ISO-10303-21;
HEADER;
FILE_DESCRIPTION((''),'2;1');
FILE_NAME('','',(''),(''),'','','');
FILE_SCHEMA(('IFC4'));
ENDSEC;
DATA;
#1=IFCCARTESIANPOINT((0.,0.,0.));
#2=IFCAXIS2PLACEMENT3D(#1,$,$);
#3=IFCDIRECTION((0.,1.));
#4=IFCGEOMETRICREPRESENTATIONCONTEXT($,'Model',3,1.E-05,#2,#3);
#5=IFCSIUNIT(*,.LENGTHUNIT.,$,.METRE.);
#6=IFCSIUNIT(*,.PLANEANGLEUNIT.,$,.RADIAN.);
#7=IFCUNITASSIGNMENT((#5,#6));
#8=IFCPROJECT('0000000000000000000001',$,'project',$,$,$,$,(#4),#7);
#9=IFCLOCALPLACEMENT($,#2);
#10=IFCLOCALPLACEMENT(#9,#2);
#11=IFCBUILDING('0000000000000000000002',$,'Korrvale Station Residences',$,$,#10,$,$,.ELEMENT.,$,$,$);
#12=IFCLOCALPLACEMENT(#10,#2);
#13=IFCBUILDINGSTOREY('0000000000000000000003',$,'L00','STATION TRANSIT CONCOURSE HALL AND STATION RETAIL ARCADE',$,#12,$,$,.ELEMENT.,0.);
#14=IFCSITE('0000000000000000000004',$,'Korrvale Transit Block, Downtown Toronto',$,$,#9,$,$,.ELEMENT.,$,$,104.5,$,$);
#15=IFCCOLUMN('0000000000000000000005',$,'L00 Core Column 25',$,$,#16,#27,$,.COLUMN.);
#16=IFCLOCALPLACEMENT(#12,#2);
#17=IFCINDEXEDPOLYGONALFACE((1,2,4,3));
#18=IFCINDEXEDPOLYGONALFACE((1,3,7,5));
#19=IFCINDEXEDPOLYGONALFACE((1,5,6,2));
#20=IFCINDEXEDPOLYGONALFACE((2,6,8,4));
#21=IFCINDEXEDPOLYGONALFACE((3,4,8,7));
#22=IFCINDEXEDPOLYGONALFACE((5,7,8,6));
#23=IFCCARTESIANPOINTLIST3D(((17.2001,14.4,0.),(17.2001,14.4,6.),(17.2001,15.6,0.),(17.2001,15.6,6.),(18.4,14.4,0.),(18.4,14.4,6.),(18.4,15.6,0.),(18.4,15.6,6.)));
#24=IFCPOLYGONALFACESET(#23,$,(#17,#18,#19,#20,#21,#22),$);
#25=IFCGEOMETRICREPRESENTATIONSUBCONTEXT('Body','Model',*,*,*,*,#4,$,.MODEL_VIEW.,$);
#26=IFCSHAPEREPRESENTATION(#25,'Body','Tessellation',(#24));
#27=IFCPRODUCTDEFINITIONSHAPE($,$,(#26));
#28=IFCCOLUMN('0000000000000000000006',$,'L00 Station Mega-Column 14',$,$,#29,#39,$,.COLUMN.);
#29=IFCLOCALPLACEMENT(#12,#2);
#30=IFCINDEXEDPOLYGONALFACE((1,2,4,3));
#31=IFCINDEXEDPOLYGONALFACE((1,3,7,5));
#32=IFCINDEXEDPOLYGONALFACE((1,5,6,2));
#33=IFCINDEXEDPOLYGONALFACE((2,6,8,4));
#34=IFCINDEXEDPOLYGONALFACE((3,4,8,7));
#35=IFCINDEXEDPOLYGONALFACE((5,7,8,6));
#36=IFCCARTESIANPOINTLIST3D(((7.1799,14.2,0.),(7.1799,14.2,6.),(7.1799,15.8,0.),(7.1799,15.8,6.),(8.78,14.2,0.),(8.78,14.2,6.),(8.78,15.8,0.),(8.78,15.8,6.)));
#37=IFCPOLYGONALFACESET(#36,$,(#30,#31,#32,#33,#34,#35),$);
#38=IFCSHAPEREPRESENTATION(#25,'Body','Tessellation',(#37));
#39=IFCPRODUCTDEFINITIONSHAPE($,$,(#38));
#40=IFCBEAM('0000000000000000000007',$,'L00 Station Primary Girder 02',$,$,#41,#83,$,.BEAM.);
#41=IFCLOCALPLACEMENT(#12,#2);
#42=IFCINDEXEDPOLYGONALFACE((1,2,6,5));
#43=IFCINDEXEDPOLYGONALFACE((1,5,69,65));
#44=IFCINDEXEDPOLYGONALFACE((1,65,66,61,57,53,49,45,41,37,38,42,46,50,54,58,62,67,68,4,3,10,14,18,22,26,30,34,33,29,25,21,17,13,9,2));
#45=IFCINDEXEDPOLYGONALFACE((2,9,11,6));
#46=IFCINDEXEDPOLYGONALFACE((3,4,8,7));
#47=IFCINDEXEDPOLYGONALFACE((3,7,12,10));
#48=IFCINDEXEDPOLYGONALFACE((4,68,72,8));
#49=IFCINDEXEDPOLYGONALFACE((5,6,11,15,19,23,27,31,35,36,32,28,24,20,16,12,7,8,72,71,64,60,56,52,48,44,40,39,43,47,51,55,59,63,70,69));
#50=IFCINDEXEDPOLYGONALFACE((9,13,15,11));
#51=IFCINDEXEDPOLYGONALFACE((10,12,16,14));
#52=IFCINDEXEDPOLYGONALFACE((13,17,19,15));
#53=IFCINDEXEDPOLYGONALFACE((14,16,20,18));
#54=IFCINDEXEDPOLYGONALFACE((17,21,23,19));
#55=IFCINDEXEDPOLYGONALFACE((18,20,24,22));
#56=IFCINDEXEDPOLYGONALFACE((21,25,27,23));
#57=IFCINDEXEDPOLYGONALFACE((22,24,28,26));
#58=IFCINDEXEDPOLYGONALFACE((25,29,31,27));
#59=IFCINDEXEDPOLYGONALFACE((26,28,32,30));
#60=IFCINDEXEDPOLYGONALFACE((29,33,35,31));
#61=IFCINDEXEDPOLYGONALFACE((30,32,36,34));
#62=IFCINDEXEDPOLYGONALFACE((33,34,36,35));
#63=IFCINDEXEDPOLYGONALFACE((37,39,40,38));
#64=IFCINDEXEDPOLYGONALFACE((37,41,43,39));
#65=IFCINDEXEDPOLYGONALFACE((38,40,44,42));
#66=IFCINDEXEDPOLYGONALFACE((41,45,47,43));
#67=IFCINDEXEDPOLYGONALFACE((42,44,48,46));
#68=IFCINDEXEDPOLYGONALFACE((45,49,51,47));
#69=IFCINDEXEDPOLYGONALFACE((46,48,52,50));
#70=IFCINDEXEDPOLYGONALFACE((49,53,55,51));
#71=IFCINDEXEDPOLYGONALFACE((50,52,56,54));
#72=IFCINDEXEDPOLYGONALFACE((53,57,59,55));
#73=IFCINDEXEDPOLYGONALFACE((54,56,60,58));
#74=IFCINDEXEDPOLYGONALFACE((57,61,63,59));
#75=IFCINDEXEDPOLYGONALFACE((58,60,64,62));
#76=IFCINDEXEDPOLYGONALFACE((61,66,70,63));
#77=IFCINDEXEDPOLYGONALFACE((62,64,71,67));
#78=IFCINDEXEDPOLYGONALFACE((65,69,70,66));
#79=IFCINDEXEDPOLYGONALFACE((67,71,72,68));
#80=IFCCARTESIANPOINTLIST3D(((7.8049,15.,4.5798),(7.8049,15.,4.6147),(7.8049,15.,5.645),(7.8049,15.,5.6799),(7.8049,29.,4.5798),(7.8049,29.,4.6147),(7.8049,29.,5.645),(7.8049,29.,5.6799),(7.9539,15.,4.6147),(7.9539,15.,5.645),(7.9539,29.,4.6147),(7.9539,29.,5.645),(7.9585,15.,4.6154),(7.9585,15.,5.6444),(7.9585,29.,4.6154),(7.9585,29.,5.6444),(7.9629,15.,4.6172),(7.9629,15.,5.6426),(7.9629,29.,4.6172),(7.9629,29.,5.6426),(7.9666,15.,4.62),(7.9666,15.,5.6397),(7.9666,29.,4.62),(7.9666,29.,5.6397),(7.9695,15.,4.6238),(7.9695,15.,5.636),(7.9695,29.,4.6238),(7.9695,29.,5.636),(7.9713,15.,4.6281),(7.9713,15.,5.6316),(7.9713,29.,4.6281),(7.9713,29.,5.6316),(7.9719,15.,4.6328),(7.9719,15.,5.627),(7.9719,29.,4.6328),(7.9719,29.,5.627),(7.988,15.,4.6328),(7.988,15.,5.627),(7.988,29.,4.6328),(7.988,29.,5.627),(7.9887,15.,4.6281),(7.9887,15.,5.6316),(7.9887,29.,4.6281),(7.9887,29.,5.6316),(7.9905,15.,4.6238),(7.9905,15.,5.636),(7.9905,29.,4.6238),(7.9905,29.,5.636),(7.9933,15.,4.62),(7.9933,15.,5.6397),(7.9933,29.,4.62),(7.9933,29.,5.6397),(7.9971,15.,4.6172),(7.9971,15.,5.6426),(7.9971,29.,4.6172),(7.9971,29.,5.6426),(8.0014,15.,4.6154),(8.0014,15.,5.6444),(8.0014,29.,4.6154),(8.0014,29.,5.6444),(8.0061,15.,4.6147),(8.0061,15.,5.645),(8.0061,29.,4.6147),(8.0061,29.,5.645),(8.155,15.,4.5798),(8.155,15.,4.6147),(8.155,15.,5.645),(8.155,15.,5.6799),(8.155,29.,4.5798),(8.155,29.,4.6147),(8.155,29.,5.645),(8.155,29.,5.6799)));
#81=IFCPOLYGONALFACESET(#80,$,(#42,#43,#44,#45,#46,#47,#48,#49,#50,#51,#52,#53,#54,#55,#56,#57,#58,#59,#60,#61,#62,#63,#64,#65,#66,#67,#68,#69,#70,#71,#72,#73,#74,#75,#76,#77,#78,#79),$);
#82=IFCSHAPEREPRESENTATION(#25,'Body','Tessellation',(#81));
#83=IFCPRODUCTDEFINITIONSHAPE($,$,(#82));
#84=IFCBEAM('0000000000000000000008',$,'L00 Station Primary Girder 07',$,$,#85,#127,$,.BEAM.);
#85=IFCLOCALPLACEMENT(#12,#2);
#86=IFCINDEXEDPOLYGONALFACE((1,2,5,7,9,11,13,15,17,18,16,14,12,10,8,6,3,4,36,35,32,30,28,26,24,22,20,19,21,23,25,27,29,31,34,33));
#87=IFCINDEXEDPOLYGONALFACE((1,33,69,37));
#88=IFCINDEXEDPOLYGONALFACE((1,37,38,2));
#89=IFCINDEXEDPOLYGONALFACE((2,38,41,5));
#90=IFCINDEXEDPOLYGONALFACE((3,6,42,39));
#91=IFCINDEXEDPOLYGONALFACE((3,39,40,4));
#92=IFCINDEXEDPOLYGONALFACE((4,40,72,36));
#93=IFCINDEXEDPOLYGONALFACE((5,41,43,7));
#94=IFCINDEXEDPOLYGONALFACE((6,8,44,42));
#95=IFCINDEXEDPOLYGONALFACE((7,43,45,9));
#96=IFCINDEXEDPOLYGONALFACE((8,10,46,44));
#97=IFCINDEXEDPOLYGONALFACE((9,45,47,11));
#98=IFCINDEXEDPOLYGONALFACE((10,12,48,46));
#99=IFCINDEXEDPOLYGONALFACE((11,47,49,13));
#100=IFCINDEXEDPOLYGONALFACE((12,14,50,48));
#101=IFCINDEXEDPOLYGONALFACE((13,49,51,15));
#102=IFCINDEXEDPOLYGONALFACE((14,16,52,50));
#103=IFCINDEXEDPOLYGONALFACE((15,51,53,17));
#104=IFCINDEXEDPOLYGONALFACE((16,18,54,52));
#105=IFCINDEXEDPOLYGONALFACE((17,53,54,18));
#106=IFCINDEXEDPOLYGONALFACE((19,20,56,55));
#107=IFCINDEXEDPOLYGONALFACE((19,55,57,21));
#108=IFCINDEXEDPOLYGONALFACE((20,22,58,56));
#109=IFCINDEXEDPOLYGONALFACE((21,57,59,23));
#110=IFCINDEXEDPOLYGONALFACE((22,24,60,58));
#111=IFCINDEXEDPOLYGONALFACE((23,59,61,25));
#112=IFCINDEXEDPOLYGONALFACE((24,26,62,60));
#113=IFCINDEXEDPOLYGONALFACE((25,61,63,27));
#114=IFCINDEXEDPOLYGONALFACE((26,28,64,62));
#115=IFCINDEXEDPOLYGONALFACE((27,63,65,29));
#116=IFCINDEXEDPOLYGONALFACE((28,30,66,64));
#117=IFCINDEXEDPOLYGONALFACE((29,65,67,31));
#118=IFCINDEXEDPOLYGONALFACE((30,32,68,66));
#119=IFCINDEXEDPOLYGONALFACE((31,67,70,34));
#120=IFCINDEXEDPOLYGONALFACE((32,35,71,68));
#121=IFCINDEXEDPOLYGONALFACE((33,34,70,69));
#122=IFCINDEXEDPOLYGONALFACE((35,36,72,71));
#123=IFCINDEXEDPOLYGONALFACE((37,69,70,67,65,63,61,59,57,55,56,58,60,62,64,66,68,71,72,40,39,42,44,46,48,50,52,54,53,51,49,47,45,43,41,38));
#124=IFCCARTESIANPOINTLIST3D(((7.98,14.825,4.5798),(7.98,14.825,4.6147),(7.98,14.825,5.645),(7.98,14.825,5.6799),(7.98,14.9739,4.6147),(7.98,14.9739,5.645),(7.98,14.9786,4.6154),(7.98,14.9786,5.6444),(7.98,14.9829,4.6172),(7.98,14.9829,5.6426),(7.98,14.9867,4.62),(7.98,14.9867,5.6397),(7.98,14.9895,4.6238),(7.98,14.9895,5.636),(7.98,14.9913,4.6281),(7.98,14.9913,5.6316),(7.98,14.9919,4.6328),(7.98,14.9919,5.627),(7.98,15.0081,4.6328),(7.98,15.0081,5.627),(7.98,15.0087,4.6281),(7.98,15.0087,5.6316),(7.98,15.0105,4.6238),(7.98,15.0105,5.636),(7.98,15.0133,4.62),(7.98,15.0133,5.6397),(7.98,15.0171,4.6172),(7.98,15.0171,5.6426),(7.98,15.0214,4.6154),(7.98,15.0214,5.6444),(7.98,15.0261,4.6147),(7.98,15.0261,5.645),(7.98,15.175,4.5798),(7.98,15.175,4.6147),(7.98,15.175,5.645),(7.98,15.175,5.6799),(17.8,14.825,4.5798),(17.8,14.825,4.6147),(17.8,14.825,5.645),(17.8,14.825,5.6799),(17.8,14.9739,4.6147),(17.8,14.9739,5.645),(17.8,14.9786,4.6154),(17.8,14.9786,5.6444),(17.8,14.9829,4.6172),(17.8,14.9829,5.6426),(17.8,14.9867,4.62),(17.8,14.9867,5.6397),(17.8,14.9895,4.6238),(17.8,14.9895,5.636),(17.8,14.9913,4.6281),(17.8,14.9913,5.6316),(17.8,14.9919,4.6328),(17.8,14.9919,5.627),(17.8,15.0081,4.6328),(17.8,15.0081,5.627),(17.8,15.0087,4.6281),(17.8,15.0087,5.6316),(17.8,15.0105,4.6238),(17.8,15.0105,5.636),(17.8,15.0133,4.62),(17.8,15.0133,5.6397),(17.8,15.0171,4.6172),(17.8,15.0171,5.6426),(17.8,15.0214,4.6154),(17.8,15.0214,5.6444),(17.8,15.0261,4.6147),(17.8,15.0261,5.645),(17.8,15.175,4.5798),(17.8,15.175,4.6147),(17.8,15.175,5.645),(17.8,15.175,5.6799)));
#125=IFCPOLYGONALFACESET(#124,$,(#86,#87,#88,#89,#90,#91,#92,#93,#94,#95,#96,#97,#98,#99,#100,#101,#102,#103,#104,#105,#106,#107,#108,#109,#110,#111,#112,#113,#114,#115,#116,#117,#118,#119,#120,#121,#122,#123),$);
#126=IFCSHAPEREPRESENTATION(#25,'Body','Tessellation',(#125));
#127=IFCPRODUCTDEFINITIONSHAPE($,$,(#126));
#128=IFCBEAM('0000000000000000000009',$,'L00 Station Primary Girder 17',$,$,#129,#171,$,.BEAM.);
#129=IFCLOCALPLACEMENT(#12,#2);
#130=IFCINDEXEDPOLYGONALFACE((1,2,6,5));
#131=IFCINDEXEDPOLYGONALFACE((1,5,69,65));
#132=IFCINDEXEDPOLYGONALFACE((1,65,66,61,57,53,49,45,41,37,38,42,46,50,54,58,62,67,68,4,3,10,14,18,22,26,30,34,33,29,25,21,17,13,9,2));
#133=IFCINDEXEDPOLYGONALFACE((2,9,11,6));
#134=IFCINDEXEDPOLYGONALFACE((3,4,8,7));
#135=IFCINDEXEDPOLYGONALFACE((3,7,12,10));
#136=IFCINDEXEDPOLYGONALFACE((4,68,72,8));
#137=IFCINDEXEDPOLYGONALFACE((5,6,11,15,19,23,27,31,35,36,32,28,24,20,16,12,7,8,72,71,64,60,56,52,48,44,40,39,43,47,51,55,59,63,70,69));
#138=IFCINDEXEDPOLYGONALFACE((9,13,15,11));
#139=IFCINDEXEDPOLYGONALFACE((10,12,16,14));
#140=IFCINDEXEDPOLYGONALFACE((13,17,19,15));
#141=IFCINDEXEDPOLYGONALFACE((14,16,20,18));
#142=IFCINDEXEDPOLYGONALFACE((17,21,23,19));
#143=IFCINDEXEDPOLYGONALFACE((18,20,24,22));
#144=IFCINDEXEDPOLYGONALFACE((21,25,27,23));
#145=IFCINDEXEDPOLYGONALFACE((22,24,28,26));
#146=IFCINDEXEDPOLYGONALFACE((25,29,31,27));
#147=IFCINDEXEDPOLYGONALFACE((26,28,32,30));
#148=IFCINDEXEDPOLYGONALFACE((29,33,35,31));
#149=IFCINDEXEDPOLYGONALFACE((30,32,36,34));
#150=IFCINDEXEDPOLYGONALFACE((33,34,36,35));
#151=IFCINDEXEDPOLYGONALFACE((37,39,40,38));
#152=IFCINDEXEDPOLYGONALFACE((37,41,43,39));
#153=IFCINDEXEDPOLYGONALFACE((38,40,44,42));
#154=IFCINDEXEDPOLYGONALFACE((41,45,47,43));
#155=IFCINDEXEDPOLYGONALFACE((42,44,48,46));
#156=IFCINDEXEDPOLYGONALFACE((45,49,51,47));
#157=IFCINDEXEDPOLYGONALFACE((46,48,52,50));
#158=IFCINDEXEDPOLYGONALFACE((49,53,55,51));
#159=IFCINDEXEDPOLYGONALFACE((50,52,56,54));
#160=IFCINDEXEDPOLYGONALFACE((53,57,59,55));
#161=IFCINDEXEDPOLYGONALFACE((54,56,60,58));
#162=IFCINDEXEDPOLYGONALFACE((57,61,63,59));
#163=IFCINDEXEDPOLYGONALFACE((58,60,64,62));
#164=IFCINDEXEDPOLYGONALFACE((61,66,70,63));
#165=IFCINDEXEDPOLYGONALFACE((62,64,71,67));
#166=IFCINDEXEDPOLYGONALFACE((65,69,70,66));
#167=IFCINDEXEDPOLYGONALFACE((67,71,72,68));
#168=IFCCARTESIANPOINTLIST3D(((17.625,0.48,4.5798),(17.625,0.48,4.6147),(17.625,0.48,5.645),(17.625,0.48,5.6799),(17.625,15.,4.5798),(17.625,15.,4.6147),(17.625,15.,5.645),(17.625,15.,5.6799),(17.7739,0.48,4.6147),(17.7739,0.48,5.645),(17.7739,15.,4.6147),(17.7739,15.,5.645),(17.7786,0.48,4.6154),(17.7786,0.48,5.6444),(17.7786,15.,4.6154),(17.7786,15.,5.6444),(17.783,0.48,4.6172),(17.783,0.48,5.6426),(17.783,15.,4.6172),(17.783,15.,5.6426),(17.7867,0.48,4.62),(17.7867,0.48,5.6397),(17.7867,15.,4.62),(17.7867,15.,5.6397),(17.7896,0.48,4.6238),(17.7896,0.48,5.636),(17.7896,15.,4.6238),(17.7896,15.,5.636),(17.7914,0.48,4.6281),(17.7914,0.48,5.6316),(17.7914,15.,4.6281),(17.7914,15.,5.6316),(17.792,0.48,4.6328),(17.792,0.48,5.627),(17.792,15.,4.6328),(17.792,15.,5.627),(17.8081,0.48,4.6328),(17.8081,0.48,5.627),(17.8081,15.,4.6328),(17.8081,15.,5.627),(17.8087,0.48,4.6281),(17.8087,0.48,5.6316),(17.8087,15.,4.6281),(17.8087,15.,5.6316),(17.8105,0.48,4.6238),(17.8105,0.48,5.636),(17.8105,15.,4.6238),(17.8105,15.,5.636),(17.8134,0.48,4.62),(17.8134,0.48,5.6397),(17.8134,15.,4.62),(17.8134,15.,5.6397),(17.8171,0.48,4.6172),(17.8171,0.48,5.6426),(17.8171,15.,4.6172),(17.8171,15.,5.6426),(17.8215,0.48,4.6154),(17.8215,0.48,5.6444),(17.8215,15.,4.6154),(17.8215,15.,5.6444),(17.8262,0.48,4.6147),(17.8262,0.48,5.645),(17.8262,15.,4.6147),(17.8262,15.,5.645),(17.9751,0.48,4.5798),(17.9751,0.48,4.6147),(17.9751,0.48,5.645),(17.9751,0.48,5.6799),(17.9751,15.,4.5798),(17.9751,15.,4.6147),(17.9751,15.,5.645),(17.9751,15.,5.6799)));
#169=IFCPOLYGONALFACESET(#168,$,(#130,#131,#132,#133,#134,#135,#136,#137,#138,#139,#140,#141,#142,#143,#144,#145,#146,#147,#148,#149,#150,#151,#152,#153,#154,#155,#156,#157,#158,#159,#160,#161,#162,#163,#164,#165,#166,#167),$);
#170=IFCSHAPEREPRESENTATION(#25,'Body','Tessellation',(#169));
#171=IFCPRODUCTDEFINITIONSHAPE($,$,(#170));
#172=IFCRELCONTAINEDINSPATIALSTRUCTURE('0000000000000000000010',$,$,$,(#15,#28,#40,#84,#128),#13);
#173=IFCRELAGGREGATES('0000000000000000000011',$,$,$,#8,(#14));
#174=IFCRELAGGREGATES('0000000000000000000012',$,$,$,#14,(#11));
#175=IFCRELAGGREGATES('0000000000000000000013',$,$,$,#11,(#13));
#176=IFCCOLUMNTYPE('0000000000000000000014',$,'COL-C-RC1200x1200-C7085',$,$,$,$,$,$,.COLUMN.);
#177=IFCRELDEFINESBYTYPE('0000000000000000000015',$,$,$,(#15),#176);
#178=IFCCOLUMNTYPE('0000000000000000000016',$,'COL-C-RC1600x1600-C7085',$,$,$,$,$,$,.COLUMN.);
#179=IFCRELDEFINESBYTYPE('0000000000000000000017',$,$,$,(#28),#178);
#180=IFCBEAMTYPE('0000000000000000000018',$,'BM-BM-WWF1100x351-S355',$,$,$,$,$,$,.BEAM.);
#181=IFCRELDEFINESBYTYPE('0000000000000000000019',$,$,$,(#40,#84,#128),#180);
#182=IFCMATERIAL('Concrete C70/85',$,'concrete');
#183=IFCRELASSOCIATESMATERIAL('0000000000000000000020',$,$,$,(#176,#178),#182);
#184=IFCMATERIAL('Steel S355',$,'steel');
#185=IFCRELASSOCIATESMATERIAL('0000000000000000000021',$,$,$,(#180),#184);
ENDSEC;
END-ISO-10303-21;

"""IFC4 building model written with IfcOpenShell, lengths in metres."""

from ifc_helpers import new_model, si_unit, direction, frame, origin, origin_2d, place, context, subcontext, project, spatial, rectangle, i_section, extrude, material, material_profile, profile_set, type_object, element, save


model = new_model("IFC4")

# Units and contexts
model_context = context("Model", 3, precision=1e-05, world=origin(), true_north=direction((0.0, 1.0)))
body_context = subcontext(model_context, "Body", "Model", "MODEL_VIEW")
ifc_project = project(units=[si_unit("LENGTHUNIT", "METRE"), si_unit("PLANEANGLEUNIT", "RADIAN")], contexts=[model_context])

# Site, building, storey
site_placement = place(None, origin())
site = spatial("IfcSite", under=ifc_project, at=site_placement, Name="Korrvale Transit Block, Downtown Toronto", CompositionType="ELEMENT", RefElevation=104.5)
building_placement = place(site_placement, origin())
building = spatial("IfcBuilding", under=site, at=building_placement, Name="Korrvale Station Residences", CompositionType="ELEMENT")
storey_placement = place(building_placement, origin())
storey = spatial("IfcBuildingStorey", under=building, at=storey_placement, Name="L00", Description="STATION TRANSIT CONCOURSE HALL AND STATION RETAIL ARCADE", CompositionType="ELEMENT", Elevation=0.0)

# Columns
ifc_material_1 = material(Name="Concrete C70/85", Category="concrete")
ifc_material_profile_1 = material_profile(ifc_material_1, rectangle(XDim=1.2, YDim=1.2, at=origin_2d()), Name="RC1200x1200")
ifc_profile_set_1 = profile_set([ifc_material_profile_1], Name="Concrete C70/85")
column_type_1 = type_object("IfcColumnType", Name="COL-C-RC1200x1200-C7085", PredefinedType="COLUMN", material=ifc_profile_set_1)
column_1_placement = place(storey_placement, frame((17.8, 15.0, 0.0), z_axis=(0.0, 0.0, 1.0), x_axis=(1.0, 0.0, 0.0)))
element("IfcColumn", 1, at=column_1_placement, inside=storey, type_object=column_type_1, Name="L00 Core Column 25", PredefinedType="COLUMN", context=body_context, shape_type="SweptSolid", body=[
    extrude(rectangle(XDim=1.2, YDim=1.2, at=origin_2d()), origin(), (0.0, 0.0, 1.0), 6.0),
])
ifc_material_profile_2 = material_profile(ifc_material_1, rectangle(XDim=1.6001, YDim=1.6001, at=origin_2d()), Name="RC1600x1600")
ifc_profile_set_2 = profile_set([ifc_material_profile_2], Name="Concrete C70/85")
column_type_2 = type_object("IfcColumnType", Name="COL-C-RC1600x1600-C7085", PredefinedType="COLUMN", material=ifc_profile_set_2)
column_2_placement = place(storey_placement, frame((7.98, 15.0, 0.0), z_axis=(0.0, 0.0, 1.0), x_axis=(1.0, 0.0, 0.0)))
element("IfcColumn", 2, at=column_2_placement, inside=storey, type_object=column_type_2, Name="L00 Station Mega-Column 14", PredefinedType="COLUMN", context=body_context, shape_type="SweptSolid", body=[
    extrude(rectangle(XDim=1.6001, YDim=1.6001, at=origin_2d()), origin(), (0.0, 0.0, 1.0), 6.0),
])

# Beams
ifc_material_2 = material(Name="Steel S355", Category="steel")
ifc_material_profile_3 = material_profile(ifc_material_2, i_section(OverallWidth=0.3501, OverallDepth=1.1001, WebThickness=0.0161, FlangeThickness=0.0349, FilletRadius=0.0181, at=origin_2d()), Name="WWF1100x351")
ifc_profile_set_3 = profile_set([ifc_material_profile_3], Name="Steel S355")
beam_type_1 = type_object("IfcBeamType", Name="BM-BM-WWF1100x351-S355", PredefinedType="BEAM", material=ifc_profile_set_3)
beam_1_placement = place(storey_placement, frame((7.98, 15.0, 5.1299), z_axis=(0.0, 1.0, 0.0), x_axis=(-1.0, 0.0, 0.0)))
element("IfcBeam", 3, at=beam_1_placement, inside=storey, type_object=beam_type_1, Name="L00 Station Primary Girder 02", PredefinedType="BEAM", context=body_context, shape_type="SweptSolid", body=[
    extrude(i_section(OverallWidth=0.3501, OverallDepth=1.1001, WebThickness=0.0161, FlangeThickness=0.0349, FilletRadius=0.0181, at=origin_2d()), origin(), (0.0, 0.0, 1.0), 14.0),
])
beam_2_placement = place(storey_placement, frame((7.98, 15.0, 5.1299), z_axis=(1.0, 0.0, 0.0), x_axis=(0.0, 1.0, 0.0)))
element("IfcBeam", 4, at=beam_2_placement, inside=storey, type_object=beam_type_1, Name="L00 Station Primary Girder 07", PredefinedType="BEAM", context=body_context, shape_type="SweptSolid", body=[
    extrude(i_section(OverallWidth=0.3501, OverallDepth=1.1001, WebThickness=0.0161, FlangeThickness=0.0349, FilletRadius=0.0181, at=origin_2d()), origin(), (0.0, 0.0, 1.0), 9.8201),
])
beam_3_placement = place(storey_placement, frame((17.8, 0.48, 5.1299), z_axis=(0.0, 1.0, 0.0), x_axis=(-1.0, 0.0, 0.0)))
element("IfcBeam", 5, at=beam_3_placement, inside=storey, type_object=beam_type_1, Name="L00 Station Primary Girder 17", PredefinedType="BEAM", context=body_context, shape_type="SweptSolid", body=[
    extrude(i_section(OverallWidth=0.3501, OverallDepth=1.1001, WebThickness=0.0161, FlangeThickness=0.0349, FilletRadius=0.0181, at=origin_2d()), origin(), (0.0, 0.0, 1.0), 14.52),
])

save(model, "model.ifc")
